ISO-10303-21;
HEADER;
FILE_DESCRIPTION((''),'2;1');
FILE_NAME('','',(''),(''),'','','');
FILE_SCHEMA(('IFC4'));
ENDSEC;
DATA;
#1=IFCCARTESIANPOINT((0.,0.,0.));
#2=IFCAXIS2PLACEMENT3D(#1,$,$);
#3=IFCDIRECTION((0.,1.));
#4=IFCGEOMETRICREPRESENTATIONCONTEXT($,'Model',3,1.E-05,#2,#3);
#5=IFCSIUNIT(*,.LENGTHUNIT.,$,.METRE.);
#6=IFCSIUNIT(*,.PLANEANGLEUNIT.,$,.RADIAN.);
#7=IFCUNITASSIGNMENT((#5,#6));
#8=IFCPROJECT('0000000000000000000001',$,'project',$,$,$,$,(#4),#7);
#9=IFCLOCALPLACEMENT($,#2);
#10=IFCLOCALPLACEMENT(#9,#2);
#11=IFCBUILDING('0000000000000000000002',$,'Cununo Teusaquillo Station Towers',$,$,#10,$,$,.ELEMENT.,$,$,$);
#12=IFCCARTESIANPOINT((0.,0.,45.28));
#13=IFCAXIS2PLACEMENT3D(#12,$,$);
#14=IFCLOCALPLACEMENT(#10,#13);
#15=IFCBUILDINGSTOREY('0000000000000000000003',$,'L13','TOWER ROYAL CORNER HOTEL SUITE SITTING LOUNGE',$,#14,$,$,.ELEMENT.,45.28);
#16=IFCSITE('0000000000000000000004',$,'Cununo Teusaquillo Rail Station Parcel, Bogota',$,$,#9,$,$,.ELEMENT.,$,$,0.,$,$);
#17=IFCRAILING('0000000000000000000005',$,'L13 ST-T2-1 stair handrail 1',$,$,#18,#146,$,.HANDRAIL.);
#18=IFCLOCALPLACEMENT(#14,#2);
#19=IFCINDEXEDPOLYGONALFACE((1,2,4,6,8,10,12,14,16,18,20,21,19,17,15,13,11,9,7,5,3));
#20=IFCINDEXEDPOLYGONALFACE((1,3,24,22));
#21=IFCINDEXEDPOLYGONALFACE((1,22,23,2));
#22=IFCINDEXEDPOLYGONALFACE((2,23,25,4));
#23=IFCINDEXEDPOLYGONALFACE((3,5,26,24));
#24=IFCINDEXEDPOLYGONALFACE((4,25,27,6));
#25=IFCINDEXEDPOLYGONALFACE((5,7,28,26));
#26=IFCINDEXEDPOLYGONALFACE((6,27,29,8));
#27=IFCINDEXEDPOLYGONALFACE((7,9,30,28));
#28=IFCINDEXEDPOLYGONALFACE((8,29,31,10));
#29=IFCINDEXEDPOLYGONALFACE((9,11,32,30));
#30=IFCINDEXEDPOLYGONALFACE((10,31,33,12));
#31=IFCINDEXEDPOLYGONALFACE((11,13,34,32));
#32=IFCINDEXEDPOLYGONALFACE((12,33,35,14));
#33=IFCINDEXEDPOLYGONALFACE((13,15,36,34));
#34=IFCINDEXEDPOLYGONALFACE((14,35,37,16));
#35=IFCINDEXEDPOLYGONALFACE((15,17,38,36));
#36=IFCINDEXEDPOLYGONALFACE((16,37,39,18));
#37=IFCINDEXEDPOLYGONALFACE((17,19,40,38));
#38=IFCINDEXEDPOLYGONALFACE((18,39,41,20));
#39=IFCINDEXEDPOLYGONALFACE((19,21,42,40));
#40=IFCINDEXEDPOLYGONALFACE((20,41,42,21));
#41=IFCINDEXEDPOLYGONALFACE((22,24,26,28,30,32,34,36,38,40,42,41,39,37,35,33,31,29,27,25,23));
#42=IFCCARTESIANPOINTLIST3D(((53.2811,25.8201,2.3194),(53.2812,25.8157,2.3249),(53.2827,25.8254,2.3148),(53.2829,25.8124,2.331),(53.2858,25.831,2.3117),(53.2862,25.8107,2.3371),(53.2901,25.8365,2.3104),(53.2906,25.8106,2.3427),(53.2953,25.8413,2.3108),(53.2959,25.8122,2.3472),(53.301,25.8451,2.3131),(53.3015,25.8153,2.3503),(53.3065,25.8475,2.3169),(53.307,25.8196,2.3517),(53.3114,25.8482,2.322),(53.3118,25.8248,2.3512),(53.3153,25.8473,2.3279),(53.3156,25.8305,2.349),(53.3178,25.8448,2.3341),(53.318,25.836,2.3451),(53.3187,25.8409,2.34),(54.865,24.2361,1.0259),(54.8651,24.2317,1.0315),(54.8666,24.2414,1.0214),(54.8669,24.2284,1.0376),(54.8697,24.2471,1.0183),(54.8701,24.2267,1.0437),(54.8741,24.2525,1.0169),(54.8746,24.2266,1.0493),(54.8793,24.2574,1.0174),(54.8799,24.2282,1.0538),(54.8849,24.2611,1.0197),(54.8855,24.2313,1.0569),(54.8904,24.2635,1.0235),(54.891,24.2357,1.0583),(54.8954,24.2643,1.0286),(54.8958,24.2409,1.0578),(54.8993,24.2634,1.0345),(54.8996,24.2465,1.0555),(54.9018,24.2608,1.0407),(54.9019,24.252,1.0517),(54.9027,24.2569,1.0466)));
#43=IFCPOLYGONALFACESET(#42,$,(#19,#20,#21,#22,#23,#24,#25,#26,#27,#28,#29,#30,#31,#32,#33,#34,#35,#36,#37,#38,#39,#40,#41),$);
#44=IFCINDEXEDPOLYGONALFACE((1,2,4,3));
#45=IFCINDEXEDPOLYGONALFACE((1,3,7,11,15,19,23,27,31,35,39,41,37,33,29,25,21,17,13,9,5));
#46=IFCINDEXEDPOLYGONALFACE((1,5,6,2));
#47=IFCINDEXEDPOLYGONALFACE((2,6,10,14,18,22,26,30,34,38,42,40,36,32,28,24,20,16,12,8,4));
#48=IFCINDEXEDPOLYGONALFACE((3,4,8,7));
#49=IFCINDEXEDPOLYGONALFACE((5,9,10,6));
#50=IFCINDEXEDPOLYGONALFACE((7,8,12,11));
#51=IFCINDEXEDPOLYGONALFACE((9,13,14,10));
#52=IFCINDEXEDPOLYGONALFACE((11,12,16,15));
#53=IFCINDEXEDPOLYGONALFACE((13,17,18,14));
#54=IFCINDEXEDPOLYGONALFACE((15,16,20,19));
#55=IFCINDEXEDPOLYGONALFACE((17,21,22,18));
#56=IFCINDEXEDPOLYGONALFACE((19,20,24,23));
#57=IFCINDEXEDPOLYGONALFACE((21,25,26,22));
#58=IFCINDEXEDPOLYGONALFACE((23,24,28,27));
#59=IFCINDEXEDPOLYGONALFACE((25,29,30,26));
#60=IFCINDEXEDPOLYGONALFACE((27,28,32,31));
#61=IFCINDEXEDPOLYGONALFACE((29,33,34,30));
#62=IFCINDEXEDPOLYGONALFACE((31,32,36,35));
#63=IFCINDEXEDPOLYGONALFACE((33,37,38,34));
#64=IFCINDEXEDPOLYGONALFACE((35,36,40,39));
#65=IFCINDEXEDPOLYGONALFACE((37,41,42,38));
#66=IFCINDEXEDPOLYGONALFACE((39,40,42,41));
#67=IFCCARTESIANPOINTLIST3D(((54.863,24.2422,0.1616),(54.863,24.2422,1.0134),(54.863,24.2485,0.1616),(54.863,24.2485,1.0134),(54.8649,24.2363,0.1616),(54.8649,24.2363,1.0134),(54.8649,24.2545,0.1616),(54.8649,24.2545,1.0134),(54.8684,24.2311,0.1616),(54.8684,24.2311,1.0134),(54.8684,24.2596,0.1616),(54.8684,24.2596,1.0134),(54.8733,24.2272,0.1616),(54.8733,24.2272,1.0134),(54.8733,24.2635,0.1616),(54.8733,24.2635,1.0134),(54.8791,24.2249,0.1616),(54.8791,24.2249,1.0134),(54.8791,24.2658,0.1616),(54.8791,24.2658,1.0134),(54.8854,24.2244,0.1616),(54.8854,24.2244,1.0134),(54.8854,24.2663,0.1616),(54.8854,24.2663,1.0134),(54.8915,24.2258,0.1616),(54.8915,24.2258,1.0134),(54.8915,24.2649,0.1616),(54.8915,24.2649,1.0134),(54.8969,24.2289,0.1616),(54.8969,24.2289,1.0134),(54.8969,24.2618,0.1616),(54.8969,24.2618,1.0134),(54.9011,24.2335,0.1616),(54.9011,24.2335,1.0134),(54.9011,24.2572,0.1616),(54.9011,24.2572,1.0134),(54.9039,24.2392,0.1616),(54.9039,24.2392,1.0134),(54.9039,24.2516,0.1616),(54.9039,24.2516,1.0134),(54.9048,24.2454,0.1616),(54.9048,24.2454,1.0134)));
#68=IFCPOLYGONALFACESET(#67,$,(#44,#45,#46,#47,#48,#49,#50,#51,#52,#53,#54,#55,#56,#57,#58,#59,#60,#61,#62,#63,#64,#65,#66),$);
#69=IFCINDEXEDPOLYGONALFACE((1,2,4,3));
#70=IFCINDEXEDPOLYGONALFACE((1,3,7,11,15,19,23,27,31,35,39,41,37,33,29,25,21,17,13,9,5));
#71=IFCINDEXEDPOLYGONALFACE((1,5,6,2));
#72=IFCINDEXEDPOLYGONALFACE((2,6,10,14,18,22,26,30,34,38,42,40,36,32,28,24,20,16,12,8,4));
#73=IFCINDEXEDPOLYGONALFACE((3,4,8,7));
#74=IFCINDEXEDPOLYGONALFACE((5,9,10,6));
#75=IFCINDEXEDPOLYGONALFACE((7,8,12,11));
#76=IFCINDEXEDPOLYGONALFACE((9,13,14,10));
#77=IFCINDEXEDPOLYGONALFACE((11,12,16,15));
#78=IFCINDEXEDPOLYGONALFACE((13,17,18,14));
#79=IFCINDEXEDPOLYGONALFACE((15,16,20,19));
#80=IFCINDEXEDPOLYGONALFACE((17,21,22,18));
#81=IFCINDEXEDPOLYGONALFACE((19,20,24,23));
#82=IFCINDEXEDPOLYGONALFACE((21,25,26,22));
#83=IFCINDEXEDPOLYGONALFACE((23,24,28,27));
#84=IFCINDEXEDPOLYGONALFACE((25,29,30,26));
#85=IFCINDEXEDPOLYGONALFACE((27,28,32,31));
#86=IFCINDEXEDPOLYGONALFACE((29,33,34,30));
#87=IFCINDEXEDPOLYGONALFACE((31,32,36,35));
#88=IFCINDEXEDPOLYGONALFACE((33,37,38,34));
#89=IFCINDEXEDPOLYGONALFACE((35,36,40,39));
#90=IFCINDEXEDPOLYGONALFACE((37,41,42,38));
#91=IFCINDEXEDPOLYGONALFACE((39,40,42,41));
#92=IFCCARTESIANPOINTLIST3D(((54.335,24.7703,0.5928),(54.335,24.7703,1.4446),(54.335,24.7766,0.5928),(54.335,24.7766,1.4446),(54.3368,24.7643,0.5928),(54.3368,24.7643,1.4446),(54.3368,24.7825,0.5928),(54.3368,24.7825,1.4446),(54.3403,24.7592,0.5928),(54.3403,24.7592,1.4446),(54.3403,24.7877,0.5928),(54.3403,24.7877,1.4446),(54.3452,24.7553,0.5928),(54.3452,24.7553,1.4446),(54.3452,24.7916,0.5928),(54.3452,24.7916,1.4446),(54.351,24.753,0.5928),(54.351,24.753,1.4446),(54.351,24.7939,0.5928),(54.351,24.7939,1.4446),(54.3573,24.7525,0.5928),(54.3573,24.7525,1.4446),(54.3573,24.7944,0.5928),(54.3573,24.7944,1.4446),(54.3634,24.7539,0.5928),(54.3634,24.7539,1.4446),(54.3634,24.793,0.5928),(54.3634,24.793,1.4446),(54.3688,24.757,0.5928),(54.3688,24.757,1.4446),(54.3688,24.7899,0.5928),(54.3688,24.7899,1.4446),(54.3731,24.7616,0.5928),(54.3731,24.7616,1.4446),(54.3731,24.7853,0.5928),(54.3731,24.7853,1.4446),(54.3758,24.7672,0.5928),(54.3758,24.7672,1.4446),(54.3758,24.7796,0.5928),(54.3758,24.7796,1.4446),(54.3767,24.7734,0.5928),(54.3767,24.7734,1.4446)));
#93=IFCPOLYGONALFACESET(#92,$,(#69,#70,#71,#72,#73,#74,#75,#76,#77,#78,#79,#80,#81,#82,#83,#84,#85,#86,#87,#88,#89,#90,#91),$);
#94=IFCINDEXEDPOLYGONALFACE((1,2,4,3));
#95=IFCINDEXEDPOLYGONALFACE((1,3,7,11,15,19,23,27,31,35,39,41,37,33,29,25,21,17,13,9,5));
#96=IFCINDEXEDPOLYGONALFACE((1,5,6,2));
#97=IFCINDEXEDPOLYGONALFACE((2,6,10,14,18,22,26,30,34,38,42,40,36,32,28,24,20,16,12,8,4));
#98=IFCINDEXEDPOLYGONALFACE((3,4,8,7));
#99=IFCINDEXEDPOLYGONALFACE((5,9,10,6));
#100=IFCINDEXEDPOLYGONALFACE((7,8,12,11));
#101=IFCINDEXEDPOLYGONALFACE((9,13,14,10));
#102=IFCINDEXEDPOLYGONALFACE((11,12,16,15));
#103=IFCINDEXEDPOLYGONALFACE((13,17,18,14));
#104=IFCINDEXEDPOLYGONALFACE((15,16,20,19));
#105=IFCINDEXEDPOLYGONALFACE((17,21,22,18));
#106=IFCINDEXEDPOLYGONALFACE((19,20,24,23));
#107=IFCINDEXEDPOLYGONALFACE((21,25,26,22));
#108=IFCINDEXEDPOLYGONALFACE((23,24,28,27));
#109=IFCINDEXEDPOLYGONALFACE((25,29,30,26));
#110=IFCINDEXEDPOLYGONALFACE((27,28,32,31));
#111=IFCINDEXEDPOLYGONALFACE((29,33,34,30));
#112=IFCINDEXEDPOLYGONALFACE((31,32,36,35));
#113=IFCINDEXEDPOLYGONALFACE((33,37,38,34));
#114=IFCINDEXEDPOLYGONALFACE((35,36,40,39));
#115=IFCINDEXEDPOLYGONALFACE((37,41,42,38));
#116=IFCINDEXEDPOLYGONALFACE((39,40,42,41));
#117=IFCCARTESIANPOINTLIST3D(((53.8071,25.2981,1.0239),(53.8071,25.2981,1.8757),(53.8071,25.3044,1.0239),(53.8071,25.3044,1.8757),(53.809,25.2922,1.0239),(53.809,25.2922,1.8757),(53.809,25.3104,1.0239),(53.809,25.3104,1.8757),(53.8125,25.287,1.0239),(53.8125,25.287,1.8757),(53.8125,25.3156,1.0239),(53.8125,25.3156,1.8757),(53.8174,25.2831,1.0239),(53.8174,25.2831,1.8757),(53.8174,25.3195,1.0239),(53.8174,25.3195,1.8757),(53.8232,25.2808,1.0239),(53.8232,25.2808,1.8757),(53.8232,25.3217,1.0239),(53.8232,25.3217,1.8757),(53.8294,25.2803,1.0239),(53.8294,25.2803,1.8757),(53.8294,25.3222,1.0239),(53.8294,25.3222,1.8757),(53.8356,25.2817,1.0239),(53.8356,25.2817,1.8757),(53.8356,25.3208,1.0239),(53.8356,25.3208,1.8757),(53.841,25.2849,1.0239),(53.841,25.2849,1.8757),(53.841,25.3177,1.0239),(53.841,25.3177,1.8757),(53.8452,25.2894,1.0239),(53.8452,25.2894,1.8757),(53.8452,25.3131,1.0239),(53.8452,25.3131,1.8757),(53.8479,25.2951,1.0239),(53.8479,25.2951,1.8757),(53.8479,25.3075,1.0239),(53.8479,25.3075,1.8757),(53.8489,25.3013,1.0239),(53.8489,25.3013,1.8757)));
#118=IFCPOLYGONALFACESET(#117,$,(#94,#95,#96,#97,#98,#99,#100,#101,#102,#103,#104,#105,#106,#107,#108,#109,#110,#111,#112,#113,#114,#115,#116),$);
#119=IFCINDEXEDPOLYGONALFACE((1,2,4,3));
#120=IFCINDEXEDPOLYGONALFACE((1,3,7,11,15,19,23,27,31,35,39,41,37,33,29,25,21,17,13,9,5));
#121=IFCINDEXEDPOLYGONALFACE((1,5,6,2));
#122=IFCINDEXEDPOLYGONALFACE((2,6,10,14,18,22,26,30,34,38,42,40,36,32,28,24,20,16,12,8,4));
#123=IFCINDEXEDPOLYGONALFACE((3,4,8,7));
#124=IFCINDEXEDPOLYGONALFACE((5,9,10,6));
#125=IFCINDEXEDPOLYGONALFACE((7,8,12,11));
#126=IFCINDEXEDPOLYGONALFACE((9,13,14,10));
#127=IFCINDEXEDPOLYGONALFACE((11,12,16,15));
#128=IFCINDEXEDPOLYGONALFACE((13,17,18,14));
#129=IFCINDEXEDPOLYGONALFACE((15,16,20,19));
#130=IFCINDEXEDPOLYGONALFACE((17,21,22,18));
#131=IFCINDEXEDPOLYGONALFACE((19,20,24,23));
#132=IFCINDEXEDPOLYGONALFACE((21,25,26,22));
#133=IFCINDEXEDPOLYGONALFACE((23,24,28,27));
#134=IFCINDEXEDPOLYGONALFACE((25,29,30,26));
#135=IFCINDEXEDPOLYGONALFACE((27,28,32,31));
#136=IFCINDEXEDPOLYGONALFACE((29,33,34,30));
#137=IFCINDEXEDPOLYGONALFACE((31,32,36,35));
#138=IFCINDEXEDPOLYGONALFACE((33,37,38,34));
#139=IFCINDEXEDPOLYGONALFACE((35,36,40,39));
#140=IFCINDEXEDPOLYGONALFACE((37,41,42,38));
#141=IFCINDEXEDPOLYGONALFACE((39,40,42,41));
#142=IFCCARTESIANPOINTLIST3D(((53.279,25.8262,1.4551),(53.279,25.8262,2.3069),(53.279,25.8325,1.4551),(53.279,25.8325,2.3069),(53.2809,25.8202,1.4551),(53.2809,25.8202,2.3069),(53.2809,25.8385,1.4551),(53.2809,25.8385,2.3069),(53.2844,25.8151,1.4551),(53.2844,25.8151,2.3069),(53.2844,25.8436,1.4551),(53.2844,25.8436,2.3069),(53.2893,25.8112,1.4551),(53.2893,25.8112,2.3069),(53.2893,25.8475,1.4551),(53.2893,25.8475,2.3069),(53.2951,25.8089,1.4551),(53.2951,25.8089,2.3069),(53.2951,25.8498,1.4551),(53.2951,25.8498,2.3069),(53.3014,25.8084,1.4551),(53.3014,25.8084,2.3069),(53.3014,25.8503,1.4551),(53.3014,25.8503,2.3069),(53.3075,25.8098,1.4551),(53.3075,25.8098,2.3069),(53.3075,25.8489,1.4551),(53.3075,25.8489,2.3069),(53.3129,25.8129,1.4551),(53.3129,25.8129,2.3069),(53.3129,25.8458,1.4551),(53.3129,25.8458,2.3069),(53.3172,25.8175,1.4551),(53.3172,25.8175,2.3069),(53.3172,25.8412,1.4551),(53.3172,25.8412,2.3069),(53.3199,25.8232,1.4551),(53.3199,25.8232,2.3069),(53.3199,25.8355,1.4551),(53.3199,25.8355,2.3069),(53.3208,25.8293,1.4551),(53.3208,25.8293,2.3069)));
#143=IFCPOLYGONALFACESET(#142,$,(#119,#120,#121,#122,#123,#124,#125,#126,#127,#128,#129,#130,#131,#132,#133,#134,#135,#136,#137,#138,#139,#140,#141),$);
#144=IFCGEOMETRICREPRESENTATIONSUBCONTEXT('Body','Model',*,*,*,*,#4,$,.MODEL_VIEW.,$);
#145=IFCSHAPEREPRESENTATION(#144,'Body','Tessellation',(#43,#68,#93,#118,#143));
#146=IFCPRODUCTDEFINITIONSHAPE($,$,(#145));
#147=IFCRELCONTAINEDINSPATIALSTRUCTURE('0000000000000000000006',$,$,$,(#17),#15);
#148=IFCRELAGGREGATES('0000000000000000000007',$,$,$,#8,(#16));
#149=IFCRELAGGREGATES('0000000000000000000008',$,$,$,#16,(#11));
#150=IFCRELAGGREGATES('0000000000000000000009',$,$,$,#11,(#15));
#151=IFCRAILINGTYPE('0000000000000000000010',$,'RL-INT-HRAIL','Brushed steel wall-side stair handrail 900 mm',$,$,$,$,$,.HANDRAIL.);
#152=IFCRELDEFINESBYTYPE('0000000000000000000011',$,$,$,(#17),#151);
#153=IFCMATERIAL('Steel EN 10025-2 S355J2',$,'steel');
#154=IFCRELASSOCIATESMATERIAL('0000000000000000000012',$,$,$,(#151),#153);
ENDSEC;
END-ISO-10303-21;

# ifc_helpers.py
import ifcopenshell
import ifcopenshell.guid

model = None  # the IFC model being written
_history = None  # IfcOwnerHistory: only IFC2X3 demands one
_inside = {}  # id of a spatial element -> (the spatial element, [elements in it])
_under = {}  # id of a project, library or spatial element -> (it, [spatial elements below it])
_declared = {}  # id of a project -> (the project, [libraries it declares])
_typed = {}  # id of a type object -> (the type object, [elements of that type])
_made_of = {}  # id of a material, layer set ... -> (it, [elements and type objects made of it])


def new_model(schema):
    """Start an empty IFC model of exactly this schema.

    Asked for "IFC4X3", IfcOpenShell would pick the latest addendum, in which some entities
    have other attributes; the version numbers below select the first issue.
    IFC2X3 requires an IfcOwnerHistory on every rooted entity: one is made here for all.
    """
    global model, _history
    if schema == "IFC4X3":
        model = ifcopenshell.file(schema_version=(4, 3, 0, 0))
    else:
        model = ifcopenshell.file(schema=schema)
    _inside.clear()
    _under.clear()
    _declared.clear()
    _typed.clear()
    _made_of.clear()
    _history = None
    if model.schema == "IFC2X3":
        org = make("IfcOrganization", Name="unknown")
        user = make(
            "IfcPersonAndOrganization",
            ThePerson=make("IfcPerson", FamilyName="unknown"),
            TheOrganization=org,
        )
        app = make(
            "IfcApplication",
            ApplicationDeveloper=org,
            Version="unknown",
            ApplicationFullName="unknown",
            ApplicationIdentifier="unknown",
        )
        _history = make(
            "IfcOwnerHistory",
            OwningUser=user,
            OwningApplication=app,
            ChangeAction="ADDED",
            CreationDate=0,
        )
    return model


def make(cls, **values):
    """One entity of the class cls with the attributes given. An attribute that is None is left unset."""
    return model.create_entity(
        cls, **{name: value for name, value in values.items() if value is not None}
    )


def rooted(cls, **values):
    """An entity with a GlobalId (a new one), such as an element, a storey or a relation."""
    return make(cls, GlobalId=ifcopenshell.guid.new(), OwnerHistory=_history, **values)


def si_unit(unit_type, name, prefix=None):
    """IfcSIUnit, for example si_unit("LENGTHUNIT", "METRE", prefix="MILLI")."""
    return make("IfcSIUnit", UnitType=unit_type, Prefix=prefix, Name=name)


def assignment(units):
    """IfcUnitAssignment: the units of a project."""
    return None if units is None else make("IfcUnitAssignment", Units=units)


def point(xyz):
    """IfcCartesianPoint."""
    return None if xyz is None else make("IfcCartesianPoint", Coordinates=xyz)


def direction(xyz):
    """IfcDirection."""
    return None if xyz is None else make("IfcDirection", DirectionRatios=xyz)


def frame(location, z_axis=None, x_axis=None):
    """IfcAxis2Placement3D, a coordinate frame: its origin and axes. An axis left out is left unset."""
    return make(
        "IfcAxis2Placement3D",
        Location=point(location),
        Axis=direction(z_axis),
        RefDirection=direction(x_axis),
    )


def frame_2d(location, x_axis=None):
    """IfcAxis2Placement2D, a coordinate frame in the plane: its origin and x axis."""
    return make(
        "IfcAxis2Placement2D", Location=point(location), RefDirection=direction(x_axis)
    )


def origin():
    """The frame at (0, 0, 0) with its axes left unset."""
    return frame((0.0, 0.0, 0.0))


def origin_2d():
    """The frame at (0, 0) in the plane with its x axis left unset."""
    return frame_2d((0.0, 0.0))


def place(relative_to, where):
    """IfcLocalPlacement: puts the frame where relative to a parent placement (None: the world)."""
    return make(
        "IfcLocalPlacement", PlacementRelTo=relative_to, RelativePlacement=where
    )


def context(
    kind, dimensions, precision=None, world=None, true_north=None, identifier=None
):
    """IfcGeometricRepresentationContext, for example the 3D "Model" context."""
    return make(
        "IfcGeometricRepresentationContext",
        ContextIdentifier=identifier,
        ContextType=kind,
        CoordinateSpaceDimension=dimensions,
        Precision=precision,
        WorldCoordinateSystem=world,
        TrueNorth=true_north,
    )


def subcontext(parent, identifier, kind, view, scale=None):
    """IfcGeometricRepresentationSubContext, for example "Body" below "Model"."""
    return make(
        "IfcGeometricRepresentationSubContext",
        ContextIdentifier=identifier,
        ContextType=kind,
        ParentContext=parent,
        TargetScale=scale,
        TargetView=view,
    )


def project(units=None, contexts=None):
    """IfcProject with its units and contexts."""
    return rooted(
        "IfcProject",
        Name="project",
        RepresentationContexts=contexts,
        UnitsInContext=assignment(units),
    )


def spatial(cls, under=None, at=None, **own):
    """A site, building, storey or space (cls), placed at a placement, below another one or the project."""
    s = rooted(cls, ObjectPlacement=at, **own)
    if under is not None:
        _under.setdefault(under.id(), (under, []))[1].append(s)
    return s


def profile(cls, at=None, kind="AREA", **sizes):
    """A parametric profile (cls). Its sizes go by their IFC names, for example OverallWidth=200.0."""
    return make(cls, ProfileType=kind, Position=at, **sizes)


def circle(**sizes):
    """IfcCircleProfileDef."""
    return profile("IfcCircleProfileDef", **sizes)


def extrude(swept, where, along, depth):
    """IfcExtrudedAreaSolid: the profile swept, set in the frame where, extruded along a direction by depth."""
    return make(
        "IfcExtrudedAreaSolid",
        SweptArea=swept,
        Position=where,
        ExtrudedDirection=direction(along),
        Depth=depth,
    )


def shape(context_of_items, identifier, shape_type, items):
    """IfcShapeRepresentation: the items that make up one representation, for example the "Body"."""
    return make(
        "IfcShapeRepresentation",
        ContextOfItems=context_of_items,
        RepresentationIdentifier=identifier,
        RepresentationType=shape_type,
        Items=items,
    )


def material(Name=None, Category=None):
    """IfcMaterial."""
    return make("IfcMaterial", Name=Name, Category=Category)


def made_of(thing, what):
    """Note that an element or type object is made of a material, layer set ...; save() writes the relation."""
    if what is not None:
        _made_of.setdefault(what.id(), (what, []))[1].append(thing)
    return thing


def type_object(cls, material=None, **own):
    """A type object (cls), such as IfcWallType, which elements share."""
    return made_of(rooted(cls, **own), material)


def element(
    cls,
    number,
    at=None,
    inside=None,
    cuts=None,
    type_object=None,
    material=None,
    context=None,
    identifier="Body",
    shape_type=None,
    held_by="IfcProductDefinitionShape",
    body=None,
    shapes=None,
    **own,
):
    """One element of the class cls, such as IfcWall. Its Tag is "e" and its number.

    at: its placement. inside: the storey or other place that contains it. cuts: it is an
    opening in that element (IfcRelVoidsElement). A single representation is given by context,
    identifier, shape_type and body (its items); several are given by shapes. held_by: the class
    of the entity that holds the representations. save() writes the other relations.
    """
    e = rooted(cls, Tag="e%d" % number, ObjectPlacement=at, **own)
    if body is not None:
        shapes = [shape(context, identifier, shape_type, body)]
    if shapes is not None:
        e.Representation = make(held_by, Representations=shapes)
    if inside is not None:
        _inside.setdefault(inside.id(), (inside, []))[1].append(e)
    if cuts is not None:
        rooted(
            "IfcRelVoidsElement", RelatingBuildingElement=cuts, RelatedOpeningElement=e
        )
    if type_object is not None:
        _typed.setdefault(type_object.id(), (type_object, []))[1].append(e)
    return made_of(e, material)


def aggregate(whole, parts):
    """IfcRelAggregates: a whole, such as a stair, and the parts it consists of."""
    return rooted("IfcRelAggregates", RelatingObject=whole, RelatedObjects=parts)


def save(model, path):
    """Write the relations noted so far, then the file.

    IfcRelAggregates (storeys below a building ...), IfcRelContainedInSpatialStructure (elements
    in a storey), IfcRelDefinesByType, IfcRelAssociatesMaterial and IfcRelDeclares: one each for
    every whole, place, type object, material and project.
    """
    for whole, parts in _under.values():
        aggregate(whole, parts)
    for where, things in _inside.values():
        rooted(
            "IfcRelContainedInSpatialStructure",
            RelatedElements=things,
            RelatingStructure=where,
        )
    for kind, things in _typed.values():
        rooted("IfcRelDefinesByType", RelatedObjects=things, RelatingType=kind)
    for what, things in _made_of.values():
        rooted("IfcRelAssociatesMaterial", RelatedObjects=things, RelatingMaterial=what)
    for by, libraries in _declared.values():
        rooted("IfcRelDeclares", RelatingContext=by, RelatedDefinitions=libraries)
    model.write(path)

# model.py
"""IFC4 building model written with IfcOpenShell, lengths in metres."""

from ifc_helpers import new_model, si_unit, direction, frame, origin, origin_2d, place, context, subcontext, project, spatial, circle, extrude, material, type_object, element, save


model = new_model("IFC4")

# Units and contexts
model_context = context("Model", 3, precision=1e-05, world=origin(), true_north=direction((0.0, 1.0)))
body_context = subcontext(model_context, "Body", "Model", "MODEL_VIEW")
ifc_project = project(units=[si_unit("LENGTHUNIT", "METRE"), si_unit("PLANEANGLEUNIT", "RADIAN")], contexts=[model_context])

# Site, building, storey
site_placement = place(None, origin())
site = spatial("IfcSite", under=ifc_project, at=site_placement, Name="Cununo Teusaquillo Rail Station Parcel, Bogota", CompositionType="ELEMENT", RefElevation=0.0)
building_placement = place(site_placement, origin())
building = spatial("IfcBuilding", under=site, at=building_placement, Name="Cununo Teusaquillo Station Towers", CompositionType="ELEMENT")
storey_placement = place(building_placement, frame((0.0, 0.0, 45.28)))
storey = spatial("IfcBuildingStorey", under=building, at=storey_placement, Name="L13", Description="TOWER ROYAL CORNER HOTEL SUITE SITTING LOUNGE", CompositionType="ELEMENT", Elevation=45.28)

# Railing
ifc_material_1 = material(Name="Steel EN 10025-2 S355J2", Category="steel")
railing_type_1 = type_object("IfcRailingType", Name="RL-INT-HRAIL", Description="Brushed steel wall-side stair handrail 900 mm", PredefinedType="HANDRAIL", material=ifc_material_1)
railing_1_placement = place(storey_placement, frame((54.8838, 24.2454, 0.1616)))
element("IfcRailing", 1, at=railing_1_placement, inside=storey, type_object=railing_type_1, Name="L13 ST-T2-1 stair handrail 1", PredefinedType="HANDRAIL", context=body_context, shape_type="SweptSolid", body=[
    extrude(circle(Radius=0.0239, at=origin_2d()), frame((0.0, 0.0, 0.876), z_axis=(-0.612356, 0.612356, 0.50004), x_axis=(-0.707107, -0.707107, 0.0)), (0.0, 0.0, 1.0), 2.5867),
    extrude(circle(Radius=0.021, at=origin_2d()), origin(), (0.0, 0.0, 1.0), 0.8518),
    extrude(circle(Radius=0.021, at=origin_2d()), frame((-0.5281, 0.5281, 0.4312)), (0.0, 0.0, 1.0), 0.8518),
    extrude(circle(Radius=0.021, at=origin_2d()), frame((-1.0559, 1.0559, 0.8623)), (0.0, 0.0, 1.0), 0.8518),
    extrude(circle(Radius=0.021, at=origin_2d()), frame((-1.584, 1.584, 1.2935)), (0.0, 0.0, 1.0), 0.8518),
])

save(model, "model.ifc")
